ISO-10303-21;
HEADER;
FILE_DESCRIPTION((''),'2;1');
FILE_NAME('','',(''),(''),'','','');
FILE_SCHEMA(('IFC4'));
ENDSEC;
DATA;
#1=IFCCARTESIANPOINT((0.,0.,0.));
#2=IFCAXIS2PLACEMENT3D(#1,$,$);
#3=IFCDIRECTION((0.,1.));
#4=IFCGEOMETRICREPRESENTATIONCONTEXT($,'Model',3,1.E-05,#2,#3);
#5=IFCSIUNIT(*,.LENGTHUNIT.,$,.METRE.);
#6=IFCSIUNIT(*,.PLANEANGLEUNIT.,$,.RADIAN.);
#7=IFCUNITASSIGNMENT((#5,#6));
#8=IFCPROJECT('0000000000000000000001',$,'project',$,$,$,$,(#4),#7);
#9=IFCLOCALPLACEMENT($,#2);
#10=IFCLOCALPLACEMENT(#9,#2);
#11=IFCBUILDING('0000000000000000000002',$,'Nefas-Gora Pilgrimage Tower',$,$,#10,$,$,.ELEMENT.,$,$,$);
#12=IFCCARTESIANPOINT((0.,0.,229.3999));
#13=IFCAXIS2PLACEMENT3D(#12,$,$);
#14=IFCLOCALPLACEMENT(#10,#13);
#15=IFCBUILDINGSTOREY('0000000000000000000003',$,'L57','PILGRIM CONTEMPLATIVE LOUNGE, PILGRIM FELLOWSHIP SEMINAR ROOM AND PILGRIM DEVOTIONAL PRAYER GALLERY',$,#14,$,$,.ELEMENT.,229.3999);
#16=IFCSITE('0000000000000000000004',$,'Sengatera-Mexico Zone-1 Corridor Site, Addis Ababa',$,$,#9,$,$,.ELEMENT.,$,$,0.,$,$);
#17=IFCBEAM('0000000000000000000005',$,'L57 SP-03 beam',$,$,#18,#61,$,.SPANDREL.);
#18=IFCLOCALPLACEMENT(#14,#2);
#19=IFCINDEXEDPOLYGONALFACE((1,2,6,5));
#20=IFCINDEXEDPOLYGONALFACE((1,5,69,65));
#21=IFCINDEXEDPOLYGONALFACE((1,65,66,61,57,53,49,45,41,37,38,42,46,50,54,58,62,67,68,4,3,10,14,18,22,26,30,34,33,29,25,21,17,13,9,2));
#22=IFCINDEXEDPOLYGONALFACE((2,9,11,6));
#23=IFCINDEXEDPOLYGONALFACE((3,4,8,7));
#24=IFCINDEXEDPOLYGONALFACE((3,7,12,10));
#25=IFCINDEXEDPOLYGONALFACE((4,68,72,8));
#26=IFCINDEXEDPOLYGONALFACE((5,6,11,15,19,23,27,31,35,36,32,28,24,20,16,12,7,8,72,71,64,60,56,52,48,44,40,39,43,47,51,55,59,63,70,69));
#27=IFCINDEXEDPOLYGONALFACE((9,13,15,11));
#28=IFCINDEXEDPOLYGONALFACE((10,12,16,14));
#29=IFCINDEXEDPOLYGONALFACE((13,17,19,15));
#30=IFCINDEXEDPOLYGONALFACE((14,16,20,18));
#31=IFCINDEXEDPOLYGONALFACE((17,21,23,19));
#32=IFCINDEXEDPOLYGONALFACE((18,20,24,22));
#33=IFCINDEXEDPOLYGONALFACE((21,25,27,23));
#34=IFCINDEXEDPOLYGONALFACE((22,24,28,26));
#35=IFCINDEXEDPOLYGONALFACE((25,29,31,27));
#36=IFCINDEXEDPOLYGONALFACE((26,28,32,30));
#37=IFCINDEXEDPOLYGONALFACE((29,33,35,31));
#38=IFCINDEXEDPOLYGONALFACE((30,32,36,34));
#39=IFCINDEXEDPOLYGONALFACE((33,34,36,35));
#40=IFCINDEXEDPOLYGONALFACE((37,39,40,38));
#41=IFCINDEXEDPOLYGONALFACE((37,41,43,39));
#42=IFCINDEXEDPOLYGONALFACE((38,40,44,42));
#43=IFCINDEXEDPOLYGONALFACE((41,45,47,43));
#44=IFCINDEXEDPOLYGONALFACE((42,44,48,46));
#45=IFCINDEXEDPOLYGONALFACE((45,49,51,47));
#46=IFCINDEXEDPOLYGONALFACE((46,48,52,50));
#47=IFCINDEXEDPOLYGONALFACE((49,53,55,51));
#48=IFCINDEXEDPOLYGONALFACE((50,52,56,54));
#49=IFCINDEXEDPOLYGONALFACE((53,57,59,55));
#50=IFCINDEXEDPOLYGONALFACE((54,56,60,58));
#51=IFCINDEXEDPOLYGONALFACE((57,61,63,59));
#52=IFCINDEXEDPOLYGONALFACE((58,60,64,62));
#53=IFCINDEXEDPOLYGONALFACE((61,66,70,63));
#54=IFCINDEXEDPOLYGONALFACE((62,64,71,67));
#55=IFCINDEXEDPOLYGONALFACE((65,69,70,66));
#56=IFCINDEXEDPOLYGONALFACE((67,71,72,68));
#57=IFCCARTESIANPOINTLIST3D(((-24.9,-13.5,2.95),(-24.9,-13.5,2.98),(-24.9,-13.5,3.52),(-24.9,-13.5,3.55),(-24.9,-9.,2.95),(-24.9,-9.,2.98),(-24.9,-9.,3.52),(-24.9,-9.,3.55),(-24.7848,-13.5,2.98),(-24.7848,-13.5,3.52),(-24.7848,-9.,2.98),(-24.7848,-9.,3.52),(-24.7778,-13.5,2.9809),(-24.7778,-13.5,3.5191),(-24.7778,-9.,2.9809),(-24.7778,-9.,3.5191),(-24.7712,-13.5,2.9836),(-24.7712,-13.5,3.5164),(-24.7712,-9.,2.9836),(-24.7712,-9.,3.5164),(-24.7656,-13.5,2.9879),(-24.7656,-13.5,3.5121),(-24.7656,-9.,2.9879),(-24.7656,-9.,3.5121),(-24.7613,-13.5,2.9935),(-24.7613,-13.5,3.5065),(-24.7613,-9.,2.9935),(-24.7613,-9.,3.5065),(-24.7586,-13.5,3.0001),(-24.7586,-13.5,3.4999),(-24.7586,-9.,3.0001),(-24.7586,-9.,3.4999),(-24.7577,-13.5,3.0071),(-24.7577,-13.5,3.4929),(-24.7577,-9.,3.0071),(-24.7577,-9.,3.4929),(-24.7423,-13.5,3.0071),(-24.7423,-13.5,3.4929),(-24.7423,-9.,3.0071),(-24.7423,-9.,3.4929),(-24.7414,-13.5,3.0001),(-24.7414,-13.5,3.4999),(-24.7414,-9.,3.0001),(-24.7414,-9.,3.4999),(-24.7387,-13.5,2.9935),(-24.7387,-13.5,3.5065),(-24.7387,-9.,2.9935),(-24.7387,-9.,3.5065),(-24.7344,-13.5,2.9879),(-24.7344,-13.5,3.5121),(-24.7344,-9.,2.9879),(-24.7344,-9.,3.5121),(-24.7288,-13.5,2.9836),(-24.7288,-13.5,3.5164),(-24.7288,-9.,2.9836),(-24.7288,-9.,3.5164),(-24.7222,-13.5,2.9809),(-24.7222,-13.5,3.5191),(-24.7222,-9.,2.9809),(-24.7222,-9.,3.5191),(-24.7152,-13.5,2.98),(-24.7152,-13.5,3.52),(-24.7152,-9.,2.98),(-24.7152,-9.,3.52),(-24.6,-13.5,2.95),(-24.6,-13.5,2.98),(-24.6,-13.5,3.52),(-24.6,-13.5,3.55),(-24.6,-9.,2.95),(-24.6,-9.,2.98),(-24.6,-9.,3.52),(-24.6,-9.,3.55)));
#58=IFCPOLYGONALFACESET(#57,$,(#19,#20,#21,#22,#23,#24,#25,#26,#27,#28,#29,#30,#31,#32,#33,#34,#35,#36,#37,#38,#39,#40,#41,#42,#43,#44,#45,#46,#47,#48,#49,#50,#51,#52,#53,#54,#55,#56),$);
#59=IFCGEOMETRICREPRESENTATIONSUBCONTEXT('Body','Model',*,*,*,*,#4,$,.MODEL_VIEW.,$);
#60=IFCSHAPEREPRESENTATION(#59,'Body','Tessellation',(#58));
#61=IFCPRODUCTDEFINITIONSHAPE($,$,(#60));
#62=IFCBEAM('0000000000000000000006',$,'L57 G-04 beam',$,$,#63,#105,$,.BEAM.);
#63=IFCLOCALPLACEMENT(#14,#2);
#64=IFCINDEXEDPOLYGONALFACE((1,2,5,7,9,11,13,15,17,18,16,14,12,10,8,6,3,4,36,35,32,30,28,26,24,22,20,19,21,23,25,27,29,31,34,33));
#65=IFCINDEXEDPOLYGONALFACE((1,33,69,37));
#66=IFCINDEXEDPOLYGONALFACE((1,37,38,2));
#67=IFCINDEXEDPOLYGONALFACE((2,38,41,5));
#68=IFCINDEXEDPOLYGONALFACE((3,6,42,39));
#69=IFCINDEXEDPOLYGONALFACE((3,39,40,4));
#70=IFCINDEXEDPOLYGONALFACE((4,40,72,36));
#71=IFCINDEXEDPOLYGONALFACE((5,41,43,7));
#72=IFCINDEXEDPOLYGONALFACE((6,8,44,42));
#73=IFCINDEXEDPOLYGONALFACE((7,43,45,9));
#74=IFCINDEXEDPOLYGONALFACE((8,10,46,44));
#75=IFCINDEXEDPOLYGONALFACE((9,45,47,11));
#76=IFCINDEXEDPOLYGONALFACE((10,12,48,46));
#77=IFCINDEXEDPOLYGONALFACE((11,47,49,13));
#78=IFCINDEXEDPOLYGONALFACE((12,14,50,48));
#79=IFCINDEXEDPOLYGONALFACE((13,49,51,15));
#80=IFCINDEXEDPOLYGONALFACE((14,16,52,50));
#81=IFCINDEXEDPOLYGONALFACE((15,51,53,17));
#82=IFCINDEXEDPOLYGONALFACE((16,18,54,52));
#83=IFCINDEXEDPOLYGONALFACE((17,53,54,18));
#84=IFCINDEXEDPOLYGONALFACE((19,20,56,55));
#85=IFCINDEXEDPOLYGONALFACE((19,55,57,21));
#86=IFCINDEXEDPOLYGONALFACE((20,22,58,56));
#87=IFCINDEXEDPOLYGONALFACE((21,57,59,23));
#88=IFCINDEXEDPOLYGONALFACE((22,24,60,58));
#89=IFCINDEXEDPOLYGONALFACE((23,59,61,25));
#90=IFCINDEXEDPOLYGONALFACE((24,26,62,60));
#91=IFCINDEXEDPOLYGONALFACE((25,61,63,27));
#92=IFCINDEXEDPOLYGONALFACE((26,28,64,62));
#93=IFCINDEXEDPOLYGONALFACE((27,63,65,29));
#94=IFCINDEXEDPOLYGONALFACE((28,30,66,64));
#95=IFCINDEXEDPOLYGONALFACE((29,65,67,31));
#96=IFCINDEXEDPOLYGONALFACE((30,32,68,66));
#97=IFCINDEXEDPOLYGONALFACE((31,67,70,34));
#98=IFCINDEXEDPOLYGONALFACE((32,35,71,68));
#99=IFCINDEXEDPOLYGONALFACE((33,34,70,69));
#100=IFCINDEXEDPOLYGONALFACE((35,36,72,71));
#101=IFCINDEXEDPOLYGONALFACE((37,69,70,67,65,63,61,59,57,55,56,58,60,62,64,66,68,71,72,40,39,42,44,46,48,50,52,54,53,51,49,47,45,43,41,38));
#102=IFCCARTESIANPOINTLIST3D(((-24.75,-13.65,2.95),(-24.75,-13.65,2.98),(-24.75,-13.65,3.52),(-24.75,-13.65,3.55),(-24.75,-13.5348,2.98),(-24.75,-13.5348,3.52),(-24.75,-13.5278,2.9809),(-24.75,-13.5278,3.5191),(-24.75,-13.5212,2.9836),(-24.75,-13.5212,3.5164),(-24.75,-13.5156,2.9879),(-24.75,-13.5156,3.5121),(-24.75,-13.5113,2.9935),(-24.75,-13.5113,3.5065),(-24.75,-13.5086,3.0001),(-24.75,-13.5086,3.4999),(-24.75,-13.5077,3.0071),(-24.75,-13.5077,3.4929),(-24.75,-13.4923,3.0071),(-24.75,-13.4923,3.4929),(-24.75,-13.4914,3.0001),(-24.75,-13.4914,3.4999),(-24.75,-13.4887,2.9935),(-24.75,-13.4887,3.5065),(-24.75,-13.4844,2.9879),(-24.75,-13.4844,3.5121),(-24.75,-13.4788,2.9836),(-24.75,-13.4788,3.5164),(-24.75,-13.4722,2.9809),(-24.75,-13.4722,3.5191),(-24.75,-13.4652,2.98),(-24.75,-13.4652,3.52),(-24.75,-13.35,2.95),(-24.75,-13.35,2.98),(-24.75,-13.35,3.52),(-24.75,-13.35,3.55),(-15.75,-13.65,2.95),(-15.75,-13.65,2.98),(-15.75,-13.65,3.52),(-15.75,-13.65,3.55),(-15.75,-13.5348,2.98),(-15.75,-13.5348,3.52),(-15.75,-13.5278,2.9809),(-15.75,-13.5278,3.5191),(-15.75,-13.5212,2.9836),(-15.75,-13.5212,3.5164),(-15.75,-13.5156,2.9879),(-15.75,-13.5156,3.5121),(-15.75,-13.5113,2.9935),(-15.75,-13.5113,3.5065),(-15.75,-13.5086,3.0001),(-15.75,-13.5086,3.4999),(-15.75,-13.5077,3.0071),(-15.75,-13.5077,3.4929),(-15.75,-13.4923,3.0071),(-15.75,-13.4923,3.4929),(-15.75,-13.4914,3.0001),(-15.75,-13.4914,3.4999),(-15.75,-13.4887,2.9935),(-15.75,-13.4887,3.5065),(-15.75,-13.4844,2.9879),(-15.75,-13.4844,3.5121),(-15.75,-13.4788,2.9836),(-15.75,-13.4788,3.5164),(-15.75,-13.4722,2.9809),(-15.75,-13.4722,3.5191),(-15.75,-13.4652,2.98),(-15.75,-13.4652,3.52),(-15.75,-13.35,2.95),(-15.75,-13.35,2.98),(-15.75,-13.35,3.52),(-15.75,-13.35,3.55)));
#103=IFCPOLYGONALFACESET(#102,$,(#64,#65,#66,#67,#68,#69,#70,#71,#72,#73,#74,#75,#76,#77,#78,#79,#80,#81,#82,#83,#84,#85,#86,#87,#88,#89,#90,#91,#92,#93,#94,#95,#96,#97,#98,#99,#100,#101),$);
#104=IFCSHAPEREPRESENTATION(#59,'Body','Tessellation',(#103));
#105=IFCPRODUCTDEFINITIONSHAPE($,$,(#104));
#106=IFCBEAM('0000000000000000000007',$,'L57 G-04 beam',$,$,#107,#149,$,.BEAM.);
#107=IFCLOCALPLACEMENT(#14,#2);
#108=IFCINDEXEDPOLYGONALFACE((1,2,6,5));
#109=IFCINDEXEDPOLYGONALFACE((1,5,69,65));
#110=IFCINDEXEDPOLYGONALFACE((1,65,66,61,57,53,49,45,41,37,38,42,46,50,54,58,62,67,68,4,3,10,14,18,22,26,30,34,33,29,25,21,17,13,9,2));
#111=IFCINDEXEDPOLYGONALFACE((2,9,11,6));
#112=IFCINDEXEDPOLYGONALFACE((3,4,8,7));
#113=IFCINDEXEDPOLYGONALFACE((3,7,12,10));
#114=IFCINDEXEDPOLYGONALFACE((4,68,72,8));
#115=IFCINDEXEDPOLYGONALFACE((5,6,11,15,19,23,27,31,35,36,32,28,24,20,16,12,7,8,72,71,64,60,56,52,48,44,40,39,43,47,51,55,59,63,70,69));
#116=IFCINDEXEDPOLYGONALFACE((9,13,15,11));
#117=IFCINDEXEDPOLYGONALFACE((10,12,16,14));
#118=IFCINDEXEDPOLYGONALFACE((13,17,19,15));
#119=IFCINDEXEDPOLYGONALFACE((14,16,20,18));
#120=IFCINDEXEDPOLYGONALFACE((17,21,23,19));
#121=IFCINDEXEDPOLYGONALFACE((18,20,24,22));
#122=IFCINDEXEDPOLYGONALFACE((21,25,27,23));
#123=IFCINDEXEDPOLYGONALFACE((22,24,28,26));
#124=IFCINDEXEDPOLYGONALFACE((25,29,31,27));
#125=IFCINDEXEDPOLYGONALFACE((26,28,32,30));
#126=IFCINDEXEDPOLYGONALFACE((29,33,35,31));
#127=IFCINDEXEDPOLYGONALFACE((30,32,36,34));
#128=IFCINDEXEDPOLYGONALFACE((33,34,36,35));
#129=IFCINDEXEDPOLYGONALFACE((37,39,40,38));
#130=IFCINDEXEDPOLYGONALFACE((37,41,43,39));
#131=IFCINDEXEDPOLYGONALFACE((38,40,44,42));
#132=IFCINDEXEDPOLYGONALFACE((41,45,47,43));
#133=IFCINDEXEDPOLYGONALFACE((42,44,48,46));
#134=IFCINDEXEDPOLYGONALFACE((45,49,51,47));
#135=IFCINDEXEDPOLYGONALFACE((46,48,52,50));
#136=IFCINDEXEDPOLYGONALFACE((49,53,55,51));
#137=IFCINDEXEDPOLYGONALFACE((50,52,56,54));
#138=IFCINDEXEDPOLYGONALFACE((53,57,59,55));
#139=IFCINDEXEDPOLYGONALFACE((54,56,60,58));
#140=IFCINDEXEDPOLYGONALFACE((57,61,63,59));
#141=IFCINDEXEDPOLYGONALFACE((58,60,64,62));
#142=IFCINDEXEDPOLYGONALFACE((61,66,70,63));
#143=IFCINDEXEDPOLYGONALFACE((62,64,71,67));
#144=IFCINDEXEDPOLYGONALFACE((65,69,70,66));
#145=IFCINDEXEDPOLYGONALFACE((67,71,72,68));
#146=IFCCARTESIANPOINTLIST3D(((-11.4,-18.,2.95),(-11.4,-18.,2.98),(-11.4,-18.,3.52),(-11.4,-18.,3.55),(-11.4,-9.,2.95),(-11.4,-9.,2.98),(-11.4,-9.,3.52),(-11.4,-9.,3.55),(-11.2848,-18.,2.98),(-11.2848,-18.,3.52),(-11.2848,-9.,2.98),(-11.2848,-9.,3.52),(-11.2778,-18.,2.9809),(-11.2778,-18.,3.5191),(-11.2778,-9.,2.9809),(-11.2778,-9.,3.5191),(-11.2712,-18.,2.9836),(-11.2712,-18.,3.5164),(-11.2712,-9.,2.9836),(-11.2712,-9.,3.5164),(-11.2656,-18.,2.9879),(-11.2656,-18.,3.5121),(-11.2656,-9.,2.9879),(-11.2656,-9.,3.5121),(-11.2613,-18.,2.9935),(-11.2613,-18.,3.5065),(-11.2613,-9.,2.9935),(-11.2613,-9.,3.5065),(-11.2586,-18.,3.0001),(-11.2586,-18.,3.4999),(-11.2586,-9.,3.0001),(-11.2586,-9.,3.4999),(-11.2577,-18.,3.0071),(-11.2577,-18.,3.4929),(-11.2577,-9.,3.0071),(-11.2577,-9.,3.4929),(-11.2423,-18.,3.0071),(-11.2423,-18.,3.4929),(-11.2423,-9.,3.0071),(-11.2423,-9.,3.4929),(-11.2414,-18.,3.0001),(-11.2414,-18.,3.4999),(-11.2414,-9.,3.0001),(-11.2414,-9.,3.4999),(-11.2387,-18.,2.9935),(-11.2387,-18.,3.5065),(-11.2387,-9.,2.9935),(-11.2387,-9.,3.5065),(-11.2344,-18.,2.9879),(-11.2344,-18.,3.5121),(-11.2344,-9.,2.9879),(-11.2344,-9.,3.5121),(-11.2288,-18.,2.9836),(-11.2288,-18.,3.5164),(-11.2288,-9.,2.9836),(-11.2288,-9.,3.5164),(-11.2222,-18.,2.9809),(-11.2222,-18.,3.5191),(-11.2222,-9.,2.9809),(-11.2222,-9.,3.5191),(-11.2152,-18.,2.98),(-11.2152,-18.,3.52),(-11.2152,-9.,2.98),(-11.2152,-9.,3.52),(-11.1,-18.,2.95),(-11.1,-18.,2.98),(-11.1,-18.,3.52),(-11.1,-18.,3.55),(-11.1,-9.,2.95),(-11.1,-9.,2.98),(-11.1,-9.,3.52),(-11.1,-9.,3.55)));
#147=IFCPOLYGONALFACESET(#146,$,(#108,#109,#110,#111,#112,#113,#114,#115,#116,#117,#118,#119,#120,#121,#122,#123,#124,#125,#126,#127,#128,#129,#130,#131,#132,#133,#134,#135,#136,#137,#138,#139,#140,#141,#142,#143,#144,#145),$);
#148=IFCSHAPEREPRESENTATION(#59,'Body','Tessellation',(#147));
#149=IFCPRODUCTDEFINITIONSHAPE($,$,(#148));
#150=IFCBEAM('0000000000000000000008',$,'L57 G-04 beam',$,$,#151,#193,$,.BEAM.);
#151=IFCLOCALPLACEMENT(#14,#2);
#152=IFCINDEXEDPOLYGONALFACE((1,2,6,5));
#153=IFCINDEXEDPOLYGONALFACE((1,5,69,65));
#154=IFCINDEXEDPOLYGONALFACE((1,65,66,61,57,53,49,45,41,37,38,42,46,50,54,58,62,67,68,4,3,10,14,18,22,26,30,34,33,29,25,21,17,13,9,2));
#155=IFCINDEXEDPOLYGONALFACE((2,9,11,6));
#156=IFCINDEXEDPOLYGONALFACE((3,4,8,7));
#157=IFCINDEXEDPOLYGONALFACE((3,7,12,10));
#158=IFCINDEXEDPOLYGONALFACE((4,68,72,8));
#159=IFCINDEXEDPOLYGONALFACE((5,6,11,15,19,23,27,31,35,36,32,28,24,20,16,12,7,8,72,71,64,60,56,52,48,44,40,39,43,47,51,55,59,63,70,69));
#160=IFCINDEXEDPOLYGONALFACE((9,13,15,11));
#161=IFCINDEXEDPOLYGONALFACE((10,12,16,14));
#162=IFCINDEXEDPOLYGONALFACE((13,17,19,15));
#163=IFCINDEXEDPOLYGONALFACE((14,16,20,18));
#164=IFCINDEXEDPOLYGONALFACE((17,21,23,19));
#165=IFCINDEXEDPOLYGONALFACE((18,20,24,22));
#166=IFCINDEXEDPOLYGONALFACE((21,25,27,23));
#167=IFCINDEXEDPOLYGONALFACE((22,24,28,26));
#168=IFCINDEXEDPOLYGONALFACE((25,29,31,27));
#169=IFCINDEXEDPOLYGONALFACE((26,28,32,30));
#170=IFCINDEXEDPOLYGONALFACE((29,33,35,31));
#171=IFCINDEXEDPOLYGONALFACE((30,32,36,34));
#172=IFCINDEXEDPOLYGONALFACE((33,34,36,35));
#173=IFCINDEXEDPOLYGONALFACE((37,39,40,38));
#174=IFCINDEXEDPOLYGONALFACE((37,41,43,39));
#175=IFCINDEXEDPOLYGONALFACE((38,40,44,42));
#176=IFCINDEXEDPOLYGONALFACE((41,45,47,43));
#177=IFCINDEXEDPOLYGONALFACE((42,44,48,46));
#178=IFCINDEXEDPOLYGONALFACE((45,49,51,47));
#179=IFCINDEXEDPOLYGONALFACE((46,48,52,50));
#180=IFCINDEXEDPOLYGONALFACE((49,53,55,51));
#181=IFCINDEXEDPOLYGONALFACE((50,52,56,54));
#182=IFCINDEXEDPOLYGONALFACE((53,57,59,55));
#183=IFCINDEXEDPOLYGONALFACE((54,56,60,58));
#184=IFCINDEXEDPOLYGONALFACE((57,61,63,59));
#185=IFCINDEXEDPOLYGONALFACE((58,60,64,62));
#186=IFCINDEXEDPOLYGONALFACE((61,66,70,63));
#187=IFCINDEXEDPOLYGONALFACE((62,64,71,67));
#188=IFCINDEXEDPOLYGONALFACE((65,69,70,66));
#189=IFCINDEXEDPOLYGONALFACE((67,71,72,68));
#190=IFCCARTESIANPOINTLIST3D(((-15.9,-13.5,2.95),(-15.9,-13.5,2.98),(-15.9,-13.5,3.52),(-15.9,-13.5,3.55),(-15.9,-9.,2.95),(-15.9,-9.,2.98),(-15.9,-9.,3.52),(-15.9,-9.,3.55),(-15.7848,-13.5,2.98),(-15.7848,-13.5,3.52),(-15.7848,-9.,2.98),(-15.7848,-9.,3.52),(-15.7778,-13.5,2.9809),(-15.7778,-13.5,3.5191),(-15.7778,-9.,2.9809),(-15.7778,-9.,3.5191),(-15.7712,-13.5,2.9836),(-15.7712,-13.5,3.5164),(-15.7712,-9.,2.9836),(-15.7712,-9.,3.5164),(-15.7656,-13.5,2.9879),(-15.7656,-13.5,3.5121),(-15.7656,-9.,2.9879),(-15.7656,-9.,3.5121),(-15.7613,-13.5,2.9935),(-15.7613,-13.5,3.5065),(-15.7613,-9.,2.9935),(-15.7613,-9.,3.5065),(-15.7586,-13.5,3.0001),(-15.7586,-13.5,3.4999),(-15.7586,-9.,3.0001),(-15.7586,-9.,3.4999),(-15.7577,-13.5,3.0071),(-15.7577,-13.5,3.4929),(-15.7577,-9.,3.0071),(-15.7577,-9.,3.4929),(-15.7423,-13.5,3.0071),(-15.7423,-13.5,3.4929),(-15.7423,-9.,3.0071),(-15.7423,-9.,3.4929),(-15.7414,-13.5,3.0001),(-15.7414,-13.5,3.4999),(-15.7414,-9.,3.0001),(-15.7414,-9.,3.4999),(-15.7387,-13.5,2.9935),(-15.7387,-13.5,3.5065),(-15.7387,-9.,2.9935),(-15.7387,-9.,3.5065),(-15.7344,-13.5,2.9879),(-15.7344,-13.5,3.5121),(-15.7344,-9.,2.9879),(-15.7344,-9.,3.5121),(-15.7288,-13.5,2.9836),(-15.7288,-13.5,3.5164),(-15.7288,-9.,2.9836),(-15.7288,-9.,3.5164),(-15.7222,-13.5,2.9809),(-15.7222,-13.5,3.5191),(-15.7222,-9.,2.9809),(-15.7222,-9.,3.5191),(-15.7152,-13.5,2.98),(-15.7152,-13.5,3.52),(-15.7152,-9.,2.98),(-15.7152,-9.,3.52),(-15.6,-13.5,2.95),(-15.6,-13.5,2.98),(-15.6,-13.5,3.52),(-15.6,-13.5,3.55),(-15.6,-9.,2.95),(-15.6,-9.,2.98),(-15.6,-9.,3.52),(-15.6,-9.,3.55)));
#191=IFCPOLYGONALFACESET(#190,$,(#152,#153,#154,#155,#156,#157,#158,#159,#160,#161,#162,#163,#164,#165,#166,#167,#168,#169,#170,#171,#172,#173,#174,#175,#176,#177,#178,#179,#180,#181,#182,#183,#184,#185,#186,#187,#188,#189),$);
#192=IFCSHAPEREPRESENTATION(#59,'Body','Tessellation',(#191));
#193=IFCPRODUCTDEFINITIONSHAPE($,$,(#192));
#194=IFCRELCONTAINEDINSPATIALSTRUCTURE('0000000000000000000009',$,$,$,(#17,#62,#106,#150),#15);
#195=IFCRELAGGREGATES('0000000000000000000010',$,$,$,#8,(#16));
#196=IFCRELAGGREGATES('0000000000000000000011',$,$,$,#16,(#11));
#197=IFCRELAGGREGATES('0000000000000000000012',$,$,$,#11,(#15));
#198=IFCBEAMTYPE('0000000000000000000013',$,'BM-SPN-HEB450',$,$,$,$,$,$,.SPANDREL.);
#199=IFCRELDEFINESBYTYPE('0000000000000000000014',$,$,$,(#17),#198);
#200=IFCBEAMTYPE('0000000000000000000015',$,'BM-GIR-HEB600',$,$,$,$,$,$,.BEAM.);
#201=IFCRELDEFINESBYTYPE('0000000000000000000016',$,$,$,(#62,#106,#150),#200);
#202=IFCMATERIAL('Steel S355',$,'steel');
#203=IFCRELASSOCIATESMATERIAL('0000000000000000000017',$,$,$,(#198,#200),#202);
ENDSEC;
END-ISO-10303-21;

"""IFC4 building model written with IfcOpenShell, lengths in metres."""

from ifc_helpers import new_model, si_unit, direction, frame, origin, origin_2d, place, context, subcontext, project, spatial, i_section, extrude, source, transform, mapped, material, material_profile, profile_set, type_object, element, save


model = new_model("IFC4")

# Units and contexts
model_context = context("Model", 3, precision=1e-05, world=origin(), true_north=direction((0.0, 1.0)))
body_context = subcontext(model_context, "Body", "Model", "MODEL_VIEW")
ifc_project = project(units=[si_unit("LENGTHUNIT", "METRE"), si_unit("PLANEANGLEUNIT", "RADIAN")], contexts=[model_context])

# Site, building, storey
site_placement = place(None, origin())
site = spatial("IfcSite", under=ifc_project, at=site_placement, Name="Sengatera-Mexico Zone-1 Corridor Site, Addis Ababa", CompositionType="ELEMENT", RefElevation=0.0)
building_placement = place(site_placement, origin())
building = spatial("IfcBuilding", under=site, at=building_placement, Name="Nefas-Gora Pilgrimage Tower", CompositionType="ELEMENT")
storey_placement = place(building_placement, frame((0.0, 0.0, 229.3999)))
storey = spatial("IfcBuildingStorey", under=building, at=storey_placement, Name="L57", Description="PILGRIM CONTEMPLATIVE LOUNGE, PILGRIM FELLOWSHIP SEMINAR ROOM AND PILGRIM DEVOTIONAL PRAYER GALLERY", CompositionType="ELEMENT", Elevation=229.3999)

# Beams
ifc_material_1 = material(Name="Steel S355", Category="steel")
ifc_material_profile_1 = material_profile(ifc_material_1, i_section(OverallWidth=0.3, OverallDepth=0.6001, WebThickness=0.0154, FlangeThickness=0.03, FilletRadius=0.0271, at=origin_2d()), Name="HEB 600")
ifc_profile_set_1 = profile_set([ifc_material_profile_1], Name="Steel S355")
beam_type_1 = type_object("IfcBeamType", Name="BM-SPN-HEB450", PredefinedType="SPANDREL", material=ifc_profile_set_1)
shared_shape_1 = source(origin(), body_context, "Body", "SweptSolid", [
    extrude(i_section(OverallWidth=0.3, OverallDepth=0.6001, WebThickness=0.0154, FlangeThickness=0.03, FilletRadius=0.0271, at=origin_2d()), origin(), (0.0, 0.0, 1.0), 4.5),
])
beam_placement = place(storey_placement, frame((-24.75, -13.5, 3.25), z_axis=(0.0, 1.0, 0.0), x_axis=(-1.0, 0.0, 0.0)))
element("IfcBeam", 1, at=beam_placement, inside=storey, type_object=beam_type_1, Name="L57 SP-03 beam", PredefinedType="SPANDREL", context=body_context, shape_type="MappedRepresentation", body=[
    mapped(shared_shape_1, transform((0.0, 0.0, 0.0), x_axis=(1.0, 0.0, 0.0), y_axis=(0.0, 1.0, 0.0), z_axis=(0.0, 0.0, 1.0), scale=1.0)),
])
ifc_material_profile_2 = material_profile(ifc_material_1, i_section(OverallWidth=0.3, OverallDepth=0.6001, WebThickness=0.0154, FlangeThickness=0.03, FilletRadius=0.0271, at=origin_2d()), Name="HEB 600")
ifc_profile_set_2 = profile_set([ifc_material_profile_2], Name="Steel S355")
beam_type_2 = type_object("IfcBeamType", Name="BM-GIR-HEB600", PredefinedType="BEAM", material=ifc_profile_set_2)
shared_shape_2 = source(origin(), body_context, "Body", "SweptSolid", [
    extrude(i_section(OverallWidth=0.3, OverallDepth=0.6001, WebThickness=0.0154, FlangeThickness=0.03, FilletRadius=0.0271, at=origin_2d()), origin(), (0.0, 0.0, 1.0), 9.0),
])
for number, where, z_axis, x_axis, name in (
    (2, (-24.75, -13.5, 3.25), (1.0, 0.0, 0.0), (0.0, 1.0, 0.0), "L57 G-04 beam"),
    (3, (-11.25, -18.0, 3.25), (0.0, 1.0, 0.0), (-1.0, 0.0, 0.0), "L57 G-04 beam"),
):
    element("IfcBeam", number, at=place(storey_placement, frame(where, z_axis=z_axis, x_axis=x_axis)), inside=storey, type_object=beam_type_2, Name=name, PredefinedType="BEAM", context=body_context, shape_type="MappedRepresentation", body=[
        mapped(shared_shape_2, transform((0.0, 0.0, 0.0), x_axis=(1.0, 0.0, 0.0), y_axis=(0.0, 1.0, 0.0), z_axis=(0.0, 0.0, 1.0), scale=1.0)),
    ])
shared_shape_3 = source(origin(), body_context, "Body", "SweptSolid", [
    extrude(i_section(OverallWidth=0.3, OverallDepth=0.6001, WebThickness=0.0154, FlangeThickness=0.03, FilletRadius=0.0271, at=origin_2d()), origin(), (0.0, 0.0, 1.0), 4.5),
])
for number, where, z_axis, x_axis, name in (
    (4, (-15.75, -13.5, 3.25), (0.0, 1.0, 0.0), (-1.0, 0.0, 0.0), "L57 G-04 beam"),
):
    element("IfcBeam", number, at=place(storey_placement, frame(where, z_axis=z_axis, x_axis=x_axis)), inside=storey, type_object=beam_type_2, Name=name, PredefinedType="BEAM", context=body_context, shape_type="MappedRepresentation", body=[
        mapped(shared_shape_3, transform((0.0, 0.0, 0.0), x_axis=(1.0, 0.0, 0.0), y_axis=(0.0, 1.0, 0.0), z_axis=(0.0, 0.0, 1.0), scale=1.0)),
    ])

save(model, "model.ifc")
